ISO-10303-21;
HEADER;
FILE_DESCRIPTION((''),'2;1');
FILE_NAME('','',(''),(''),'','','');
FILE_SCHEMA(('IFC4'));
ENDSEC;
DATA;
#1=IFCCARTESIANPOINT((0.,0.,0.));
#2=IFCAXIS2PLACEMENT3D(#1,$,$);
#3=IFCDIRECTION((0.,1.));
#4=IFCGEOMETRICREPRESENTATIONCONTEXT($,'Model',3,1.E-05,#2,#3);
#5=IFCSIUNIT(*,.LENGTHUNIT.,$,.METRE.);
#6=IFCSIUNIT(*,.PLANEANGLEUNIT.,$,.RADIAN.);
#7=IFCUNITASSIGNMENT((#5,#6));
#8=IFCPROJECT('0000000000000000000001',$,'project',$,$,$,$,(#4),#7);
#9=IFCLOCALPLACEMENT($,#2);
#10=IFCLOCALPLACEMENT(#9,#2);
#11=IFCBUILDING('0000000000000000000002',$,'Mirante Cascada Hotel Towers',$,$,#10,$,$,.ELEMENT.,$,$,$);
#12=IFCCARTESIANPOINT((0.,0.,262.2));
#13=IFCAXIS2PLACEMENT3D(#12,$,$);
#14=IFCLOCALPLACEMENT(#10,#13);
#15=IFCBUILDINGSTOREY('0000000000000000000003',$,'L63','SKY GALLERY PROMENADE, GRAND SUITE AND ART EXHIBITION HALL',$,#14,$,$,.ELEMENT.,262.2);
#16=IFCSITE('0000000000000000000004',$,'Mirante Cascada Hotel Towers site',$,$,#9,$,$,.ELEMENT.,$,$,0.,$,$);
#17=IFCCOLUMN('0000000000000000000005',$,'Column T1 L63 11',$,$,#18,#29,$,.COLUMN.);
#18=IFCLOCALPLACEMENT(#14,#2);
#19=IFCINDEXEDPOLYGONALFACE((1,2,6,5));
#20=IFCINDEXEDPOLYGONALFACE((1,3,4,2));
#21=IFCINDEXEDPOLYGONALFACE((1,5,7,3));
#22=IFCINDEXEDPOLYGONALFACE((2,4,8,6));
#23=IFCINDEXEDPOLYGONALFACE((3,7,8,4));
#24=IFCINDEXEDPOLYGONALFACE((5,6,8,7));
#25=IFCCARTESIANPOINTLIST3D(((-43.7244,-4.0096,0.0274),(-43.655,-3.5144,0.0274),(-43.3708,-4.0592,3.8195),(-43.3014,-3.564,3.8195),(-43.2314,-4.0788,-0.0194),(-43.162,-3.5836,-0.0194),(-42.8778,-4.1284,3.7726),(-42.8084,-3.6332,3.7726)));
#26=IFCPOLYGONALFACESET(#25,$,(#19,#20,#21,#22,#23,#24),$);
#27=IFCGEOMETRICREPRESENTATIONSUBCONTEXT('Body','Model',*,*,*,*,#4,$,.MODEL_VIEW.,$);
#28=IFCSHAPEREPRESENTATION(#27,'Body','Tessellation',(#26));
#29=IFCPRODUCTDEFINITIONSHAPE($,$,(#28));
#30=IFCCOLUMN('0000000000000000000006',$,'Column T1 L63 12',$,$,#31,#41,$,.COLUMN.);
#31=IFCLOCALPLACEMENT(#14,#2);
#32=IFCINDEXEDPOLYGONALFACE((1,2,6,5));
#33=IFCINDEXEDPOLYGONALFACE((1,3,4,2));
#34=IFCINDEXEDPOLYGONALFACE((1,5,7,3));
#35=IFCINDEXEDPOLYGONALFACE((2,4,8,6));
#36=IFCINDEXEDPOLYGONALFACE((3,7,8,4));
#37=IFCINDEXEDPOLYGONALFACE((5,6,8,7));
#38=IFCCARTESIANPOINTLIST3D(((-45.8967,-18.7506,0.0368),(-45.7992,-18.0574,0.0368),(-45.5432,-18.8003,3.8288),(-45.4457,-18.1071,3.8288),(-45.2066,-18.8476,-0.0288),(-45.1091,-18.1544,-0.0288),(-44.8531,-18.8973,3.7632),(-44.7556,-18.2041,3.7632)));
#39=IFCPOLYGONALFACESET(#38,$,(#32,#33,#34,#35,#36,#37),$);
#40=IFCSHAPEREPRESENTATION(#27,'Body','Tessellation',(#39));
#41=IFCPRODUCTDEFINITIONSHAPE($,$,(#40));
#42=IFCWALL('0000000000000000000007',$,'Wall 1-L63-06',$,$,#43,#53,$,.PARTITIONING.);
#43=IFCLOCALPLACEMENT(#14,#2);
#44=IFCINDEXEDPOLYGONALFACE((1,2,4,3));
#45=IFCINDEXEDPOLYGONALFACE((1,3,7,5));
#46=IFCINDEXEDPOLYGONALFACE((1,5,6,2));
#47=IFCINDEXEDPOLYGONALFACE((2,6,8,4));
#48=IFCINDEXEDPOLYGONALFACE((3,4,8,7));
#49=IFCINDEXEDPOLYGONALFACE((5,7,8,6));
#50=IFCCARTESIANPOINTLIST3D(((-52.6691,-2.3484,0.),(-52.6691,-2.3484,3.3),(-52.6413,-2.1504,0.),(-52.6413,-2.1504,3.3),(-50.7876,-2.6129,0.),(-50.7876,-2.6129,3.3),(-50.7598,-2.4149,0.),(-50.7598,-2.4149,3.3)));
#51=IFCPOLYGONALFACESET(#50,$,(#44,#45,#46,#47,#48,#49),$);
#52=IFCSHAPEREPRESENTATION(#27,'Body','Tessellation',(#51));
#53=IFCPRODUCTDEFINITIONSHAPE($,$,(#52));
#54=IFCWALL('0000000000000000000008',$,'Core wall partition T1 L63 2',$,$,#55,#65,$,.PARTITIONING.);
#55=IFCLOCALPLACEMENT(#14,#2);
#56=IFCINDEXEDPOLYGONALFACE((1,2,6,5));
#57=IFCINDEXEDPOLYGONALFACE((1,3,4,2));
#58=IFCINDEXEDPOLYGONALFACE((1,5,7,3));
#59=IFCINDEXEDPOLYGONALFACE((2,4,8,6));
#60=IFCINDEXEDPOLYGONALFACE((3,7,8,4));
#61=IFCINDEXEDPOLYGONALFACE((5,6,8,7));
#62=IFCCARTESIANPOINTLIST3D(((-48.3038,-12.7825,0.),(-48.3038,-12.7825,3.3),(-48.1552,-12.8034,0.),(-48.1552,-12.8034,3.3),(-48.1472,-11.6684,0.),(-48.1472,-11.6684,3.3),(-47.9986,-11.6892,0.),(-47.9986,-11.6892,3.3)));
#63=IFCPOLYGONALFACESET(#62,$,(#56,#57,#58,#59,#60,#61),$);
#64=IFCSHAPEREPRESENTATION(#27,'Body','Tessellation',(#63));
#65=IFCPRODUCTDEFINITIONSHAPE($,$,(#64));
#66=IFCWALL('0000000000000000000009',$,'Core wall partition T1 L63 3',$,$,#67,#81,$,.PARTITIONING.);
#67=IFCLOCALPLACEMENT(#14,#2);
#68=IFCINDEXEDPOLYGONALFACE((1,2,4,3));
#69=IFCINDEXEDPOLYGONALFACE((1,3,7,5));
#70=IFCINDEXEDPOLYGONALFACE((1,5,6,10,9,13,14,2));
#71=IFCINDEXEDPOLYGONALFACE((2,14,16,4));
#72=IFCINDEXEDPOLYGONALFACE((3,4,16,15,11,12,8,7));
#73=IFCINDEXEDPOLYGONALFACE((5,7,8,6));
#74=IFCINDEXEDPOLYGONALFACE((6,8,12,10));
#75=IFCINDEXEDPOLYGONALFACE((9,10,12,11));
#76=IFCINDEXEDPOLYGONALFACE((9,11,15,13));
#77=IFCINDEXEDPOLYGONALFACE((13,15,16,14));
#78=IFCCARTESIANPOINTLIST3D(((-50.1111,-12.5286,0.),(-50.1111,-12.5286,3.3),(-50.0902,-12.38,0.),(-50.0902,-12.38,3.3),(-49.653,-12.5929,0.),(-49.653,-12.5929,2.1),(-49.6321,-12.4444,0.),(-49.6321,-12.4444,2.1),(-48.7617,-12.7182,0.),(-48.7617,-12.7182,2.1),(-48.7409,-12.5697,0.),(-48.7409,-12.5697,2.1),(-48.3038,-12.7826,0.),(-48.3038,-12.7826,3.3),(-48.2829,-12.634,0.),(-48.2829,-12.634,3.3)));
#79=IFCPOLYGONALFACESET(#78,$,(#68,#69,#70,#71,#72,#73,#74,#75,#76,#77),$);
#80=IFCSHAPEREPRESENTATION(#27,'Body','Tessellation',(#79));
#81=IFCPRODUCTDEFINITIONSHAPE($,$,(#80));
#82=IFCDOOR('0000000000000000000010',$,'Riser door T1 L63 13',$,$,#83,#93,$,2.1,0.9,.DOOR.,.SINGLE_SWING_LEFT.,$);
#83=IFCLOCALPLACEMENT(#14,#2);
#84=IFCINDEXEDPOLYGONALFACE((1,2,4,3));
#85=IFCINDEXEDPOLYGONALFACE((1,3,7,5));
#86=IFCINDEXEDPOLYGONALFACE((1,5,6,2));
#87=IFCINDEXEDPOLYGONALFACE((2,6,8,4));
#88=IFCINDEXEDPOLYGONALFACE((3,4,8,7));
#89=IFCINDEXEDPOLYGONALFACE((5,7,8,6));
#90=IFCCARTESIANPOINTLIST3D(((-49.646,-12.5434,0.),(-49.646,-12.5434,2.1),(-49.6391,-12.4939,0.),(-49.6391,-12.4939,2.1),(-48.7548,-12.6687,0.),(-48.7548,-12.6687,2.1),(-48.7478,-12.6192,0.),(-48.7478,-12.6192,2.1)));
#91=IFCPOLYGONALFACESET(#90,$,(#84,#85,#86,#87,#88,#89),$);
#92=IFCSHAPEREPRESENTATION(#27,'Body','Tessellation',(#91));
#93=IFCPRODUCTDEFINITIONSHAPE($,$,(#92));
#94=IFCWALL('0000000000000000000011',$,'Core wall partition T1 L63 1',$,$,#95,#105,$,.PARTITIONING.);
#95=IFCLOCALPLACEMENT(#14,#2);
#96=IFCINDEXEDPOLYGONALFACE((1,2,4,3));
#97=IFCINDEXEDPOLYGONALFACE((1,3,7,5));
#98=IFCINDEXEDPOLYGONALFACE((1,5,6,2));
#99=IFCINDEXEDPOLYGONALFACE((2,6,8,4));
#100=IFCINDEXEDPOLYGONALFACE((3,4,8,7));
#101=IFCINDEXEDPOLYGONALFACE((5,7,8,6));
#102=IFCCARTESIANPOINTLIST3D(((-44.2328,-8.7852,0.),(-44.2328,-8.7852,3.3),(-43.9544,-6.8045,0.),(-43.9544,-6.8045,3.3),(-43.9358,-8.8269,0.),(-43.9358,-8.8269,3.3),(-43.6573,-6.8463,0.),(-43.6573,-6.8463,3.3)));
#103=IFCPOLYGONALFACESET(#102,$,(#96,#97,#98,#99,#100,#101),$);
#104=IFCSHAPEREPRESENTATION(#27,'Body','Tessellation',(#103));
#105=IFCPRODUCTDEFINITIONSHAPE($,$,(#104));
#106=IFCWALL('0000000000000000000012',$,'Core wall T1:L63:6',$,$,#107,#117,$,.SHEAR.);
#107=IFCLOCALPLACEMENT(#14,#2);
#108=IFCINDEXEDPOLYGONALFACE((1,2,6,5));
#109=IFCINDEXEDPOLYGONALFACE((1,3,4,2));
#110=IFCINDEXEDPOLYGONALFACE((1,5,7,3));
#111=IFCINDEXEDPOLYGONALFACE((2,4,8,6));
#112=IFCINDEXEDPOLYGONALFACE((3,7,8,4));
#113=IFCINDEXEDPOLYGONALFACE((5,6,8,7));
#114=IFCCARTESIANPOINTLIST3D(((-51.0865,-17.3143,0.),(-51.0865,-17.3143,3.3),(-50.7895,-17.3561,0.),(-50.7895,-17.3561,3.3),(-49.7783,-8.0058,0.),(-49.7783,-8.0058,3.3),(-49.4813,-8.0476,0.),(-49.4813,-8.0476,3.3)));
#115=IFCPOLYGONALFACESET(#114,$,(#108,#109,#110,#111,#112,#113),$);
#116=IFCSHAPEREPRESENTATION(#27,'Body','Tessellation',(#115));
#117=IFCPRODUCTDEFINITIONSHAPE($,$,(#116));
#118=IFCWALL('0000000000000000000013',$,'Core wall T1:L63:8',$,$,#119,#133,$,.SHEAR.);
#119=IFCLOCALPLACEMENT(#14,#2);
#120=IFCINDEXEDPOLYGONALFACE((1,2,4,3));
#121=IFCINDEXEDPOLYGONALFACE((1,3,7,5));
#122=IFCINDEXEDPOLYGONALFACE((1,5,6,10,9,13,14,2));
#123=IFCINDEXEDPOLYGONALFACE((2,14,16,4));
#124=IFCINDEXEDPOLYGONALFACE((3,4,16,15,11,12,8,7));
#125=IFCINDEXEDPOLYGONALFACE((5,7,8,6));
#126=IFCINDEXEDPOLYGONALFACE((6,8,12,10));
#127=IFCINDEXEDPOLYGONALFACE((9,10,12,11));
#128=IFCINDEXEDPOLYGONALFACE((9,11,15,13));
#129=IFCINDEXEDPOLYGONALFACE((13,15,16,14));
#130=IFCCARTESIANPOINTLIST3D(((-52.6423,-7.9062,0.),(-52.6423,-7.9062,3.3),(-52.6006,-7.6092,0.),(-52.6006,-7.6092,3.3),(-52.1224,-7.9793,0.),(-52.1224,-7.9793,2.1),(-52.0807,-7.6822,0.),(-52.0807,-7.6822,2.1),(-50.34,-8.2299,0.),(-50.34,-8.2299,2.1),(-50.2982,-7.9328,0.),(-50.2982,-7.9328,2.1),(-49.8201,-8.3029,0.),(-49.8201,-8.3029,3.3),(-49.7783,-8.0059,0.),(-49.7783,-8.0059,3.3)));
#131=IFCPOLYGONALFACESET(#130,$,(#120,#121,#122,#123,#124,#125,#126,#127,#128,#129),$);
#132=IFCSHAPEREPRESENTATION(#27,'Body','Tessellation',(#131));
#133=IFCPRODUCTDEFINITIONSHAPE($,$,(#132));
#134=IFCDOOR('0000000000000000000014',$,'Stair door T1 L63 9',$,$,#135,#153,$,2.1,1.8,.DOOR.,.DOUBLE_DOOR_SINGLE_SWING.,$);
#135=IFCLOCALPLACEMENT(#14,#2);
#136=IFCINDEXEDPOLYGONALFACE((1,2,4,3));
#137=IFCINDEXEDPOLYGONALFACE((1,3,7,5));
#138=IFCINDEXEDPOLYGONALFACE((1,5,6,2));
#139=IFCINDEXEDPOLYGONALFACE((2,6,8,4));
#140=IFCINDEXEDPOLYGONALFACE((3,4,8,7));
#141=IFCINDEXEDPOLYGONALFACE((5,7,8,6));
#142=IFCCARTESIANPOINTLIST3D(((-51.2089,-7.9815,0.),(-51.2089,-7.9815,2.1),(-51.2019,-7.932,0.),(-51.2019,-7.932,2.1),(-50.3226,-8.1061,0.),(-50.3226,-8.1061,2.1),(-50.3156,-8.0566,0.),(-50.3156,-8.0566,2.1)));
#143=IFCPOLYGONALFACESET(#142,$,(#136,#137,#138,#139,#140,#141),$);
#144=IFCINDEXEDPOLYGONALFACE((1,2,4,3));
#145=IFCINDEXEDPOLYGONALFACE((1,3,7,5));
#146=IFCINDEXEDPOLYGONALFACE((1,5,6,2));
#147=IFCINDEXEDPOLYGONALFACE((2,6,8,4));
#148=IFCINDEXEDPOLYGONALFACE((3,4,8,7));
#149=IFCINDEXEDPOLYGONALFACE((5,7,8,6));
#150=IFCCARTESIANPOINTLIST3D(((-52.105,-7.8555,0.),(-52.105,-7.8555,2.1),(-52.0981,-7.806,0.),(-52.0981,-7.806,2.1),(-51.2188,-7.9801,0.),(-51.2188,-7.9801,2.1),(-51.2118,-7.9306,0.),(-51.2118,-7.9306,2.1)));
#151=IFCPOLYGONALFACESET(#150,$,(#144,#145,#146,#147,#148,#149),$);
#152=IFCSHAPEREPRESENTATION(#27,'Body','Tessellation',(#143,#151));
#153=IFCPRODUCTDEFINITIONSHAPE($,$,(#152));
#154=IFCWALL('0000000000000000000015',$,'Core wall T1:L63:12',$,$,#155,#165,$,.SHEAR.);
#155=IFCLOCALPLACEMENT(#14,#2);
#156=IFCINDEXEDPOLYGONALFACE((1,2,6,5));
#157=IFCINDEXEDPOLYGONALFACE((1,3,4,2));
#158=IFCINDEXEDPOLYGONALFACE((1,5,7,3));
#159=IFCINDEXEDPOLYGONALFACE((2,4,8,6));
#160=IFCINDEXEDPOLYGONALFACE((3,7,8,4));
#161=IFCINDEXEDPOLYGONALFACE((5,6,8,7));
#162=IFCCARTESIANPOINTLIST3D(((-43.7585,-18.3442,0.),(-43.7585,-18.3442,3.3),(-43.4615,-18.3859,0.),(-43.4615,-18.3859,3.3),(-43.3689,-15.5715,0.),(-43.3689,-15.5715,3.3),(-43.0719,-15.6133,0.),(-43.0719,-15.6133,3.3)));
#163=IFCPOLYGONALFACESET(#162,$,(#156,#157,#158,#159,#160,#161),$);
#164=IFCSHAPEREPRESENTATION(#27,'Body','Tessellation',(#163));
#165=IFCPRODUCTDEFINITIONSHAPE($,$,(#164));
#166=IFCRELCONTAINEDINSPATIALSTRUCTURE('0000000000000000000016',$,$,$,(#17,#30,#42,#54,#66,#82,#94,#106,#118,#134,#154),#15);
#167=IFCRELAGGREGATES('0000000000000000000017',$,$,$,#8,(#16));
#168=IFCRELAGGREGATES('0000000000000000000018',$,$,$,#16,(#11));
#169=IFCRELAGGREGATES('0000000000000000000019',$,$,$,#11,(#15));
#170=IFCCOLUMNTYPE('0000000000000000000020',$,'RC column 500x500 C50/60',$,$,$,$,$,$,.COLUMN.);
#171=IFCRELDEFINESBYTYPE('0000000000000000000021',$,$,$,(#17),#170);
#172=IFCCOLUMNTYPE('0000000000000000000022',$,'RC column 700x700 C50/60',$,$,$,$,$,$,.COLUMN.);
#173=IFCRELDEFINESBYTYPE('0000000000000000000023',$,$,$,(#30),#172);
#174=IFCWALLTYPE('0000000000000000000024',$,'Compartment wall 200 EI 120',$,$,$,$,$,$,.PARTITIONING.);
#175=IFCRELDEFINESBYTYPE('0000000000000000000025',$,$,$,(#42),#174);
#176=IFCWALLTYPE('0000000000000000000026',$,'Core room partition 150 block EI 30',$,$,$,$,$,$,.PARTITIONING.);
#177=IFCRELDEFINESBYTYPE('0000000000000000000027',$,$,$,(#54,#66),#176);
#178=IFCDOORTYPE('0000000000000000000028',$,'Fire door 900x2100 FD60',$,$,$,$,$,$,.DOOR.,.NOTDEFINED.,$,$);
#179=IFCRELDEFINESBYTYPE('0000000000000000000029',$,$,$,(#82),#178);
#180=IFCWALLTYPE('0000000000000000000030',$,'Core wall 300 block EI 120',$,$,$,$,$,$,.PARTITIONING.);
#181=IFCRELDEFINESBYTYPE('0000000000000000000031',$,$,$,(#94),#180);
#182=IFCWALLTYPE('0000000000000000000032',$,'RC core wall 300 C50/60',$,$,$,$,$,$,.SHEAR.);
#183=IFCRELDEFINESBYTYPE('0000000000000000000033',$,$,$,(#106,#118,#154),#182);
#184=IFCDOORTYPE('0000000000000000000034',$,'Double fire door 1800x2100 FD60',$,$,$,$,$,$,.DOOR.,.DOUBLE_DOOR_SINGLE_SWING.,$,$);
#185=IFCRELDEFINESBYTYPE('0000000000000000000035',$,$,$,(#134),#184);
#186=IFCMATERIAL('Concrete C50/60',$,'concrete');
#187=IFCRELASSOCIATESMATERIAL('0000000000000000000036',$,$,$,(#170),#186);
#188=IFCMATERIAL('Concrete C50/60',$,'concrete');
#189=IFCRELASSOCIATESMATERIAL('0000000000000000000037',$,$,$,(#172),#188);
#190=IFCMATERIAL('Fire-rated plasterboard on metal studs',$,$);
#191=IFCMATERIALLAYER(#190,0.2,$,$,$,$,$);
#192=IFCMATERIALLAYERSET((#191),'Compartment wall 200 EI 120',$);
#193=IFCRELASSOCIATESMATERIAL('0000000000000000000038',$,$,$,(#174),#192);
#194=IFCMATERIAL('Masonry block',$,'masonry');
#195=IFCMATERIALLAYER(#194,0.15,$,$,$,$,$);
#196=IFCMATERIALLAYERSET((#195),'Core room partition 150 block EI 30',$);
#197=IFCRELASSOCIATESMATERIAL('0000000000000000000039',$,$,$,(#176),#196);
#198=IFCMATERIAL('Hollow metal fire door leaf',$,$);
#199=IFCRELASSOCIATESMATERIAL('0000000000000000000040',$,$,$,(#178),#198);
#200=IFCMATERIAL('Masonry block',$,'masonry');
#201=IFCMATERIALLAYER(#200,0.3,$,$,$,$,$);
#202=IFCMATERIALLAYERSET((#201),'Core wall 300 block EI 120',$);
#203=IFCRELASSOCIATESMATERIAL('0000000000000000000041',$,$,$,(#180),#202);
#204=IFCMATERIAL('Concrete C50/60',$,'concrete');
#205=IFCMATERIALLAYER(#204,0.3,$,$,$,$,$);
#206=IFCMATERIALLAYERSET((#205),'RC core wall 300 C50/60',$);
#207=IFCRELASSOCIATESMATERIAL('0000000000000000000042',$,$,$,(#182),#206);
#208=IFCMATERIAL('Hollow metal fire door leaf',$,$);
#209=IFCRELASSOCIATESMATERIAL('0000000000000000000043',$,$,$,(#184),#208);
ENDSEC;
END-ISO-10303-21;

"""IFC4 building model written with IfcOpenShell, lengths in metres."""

from ifc_helpers import new_model, si_unit, direction, frame, frame_2d, origin, origin_2d, place, context, subcontext, project, spatial, rectangle, extrude, material, layer, layer_set, material_profile, profile_set, type_object, element, fill, save


model = new_model("IFC4")

# Units and contexts
model_context = context("Model", 3, precision=1e-05, world=origin(), true_north=direction((0.0, 1.0)))
body_context = subcontext(model_context, "Body", "Model", "MODEL_VIEW")
ifc_project = project(units=[si_unit("LENGTHUNIT", "METRE"), si_unit("PLANEANGLEUNIT", "RADIAN")], contexts=[model_context])

# Site, building, storey
site_placement = place(None, origin())
site = spatial("IfcSite", under=ifc_project, at=site_placement, Name="Mirante Cascada Hotel Towers site", CompositionType="ELEMENT", RefElevation=0.0)
building_placement = place(site_placement, origin())
building = spatial("IfcBuilding", under=site, at=building_placement, Name="Mirante Cascada Hotel Towers", CompositionType="ELEMENT")
storey_placement = place(building_placement, frame((0.0, 0.0, 262.2)))
storey = spatial("IfcBuildingStorey", under=building, at=storey_placement, Name="L63", Description="SKY GALLERY PROMENADE, GRAND SUITE AND ART EXHIBITION HALL", CompositionType="ELEMENT", Elevation=262.2)

# Columns
ifc_material_1 = material(Name="Concrete C50/60", Category="concrete")
ifc_material_profile_1 = material_profile(ifc_material_1, rectangle(XDim=0.5, YDim=0.5, at=origin_2d()), Name="RC column 500x500 C50/60")
ifc_profile_set_1 = profile_set([ifc_material_profile_1], Name="Concrete C50/60")
column_type_1 = type_object("IfcColumnType", Name="RC column 500x500 C50/60", PredefinedType="COLUMN", material=ifc_profile_set_1)
column_1_placement = place(storey_placement, frame((-43.4432, -3.7966, 0.004), z_axis=(0.092838, -0.013023, 0.995596), x_axis=(0.138911, 0.990305, 0.0)))
element("IfcColumn", 1, at=column_1_placement, inside=storey, type_object=column_type_1, Name="Column T1 L63 11", PredefinedType="COLUMN", context=body_context, shape_type="SweptSolid", body=[
    extrude(rectangle(XDim=0.5, YDim=0.5, at=origin_2d()), origin(), (0.0, 0.0, 1.0), 3.8088),
])
ifc_material_2 = material(Name="Concrete C50/60", Category="concrete")
ifc_material_profile_2 = material_profile(ifc_material_2, rectangle(XDim=0.7, YDim=0.7, at=origin_2d()), Name="RC column 700x700 C50/60")
ifc_profile_set_2 = profile_set([ifc_material_profile_2], Name="Concrete C50/60")
column_type_2 = type_object("IfcColumnType", Name="RC column 700x700 C50/60", PredefinedType="COLUMN", material=ifc_profile_set_2)
column_2_placement = place(storey_placement, frame((-45.5029, -18.4525, 0.004), z_axis=(0.092812, -0.013049, 0.995598), x_axis=(0.139225, 0.990261, 0.0)))
element("IfcColumn", 2, at=column_2_placement, inside=storey, type_object=column_type_2, Name="Column T1 L63 12", PredefinedType="COLUMN", context=body_context, shape_type="SweptSolid", body=[
    extrude(rectangle(XDim=0.7, YDim=0.7, at=origin_2d()), origin(), (0.0, 0.0, 1.0), 3.8088),
])

# Walls
ifc_material_3 = material(Name="Fire-rated plasterboard on metal studs")
ifc_layer_1 = layer(ifc_material_3, 0.2)
ifc_layer_set_1 = layer_set([ifc_layer_1], Name="Compartment wall 200 EI 120")
wall_type_1 = type_object("IfcWallType", Name="Compartment wall 200 EI 120", PredefinedType="PARTITIONING", material=ifc_layer_set_1)
wall_1_placement = place(storey_placement, frame((-50.7737, -2.5139, 0.0), z_axis=(0.0, 0.0, 1.0), x_axis=(-0.990263, 0.13921, 0.0)))
element("IfcWall", 3, at=wall_1_placement, inside=storey, type_object=wall_type_1, Name="Wall 1-L63-06", PredefinedType="PARTITIONING", context=body_context, shape_type="SweptSolid", body=[
    extrude(rectangle(XDim=1.9, YDim=0.2, at=frame_2d((0.95, 0.0))), origin(), (0.0, 0.0, 1.0), 3.3),
])
ifc_material_4 = material(Name="Masonry block", Category="masonry")
ifc_layer_2 = layer(ifc_material_4, 0.15)
ifc_layer_set_2 = layer_set([ifc_layer_2], Name="Core room partition 150 block EI 30")
wall_type_2 = type_object("IfcWallType", Name="Core room partition 150 block EI 30", PredefinedType="PARTITIONING", material=ifc_layer_set_2)
wall_2_placement = place(storey_placement, frame((-48.2295, -12.793, 0.0), z_axis=(0.0, 0.0, 1.0), x_axis=(0.139193, 0.990265, 0.0)))
element("IfcWall", 4, at=wall_2_placement, inside=storey, type_object=wall_type_2, Name="Core wall partition T1 L63 2", PredefinedType="PARTITIONING", context=body_context, shape_type="SweptSolid", body=[
    extrude(rectangle(XDim=1.1251, YDim=0.15, at=frame_2d((0.5626, 0.0))), origin(), (0.0, 0.0, 1.0), 3.3),
])

# Wall, opening, door
wall_3_placement = place(storey_placement, frame((-48.2933, -12.7083, 0.0), z_axis=(0.0, 0.0, 1.0), x_axis=(-0.990268, 0.139173, 0.0)))
wall_3 = element("IfcWall", 5, at=wall_3_placement, inside=storey, type_object=wall_type_2, Name="Core wall partition T1 L63 3", PredefinedType="PARTITIONING", context=body_context, shape_type="SweptSolid", body=[
    extrude(rectangle(XDim=1.8251, YDim=0.15, at=frame_2d((0.9126, 0.0))), origin(), (0.0, 0.0, 1.0), 3.3),
])
opening_1_placement = place(wall_3_placement, frame((0.4625, 0.0, 0.0)))
opening_1 = element("IfcOpeningElement", 6, at=opening_1_placement, cuts=wall_3, PredefinedType="OPENING", context=body_context, shape_type="SweptSolid", body=[
    extrude(rectangle(XDim=0.9, YDim=2.1, at=frame_2d((0.45, 1.05))), frame((0.0, 0.075, 0.0), z_axis=(0.0, -1.0, 0.0), x_axis=(1.0, 0.0, 0.0)), (0.0, 0.0, 1.0), 0.15),
])
ifc_material_5 = material(Name="Hollow metal fire door leaf")
door_type_1 = type_object("IfcDoorType", Name="Fire door 900x2100 FD60", OperationType="NOTDEFINED", PredefinedType="DOOR", material=ifc_material_5)
door_1_placement = place(opening_1_placement, origin())
door_1 = element("IfcDoor", 7, at=door_1_placement, inside=storey, type_object=door_type_1, Name="Riser door T1 L63 13", OperationType="SINGLE_SWING_LEFT", OverallHeight=2.1, OverallWidth=0.9, PredefinedType="DOOR", context=body_context, shape_type="SweptSolid", body=[
    extrude(rectangle(XDim=0.9, YDim=2.1, at=frame_2d((0.45, 1.05))), frame((0.0, 0.025, 0.0), z_axis=(0.0, -1.0, 0.0), x_axis=(1.0, 0.0, 0.0)), (0.0, 0.0, 1.0), 0.05),
])
fill(opening_1, door_1)

# Walls
ifc_material_6 = material(Name="Masonry block", Category="masonry")
ifc_layer_3 = layer(ifc_material_6, 0.3)
ifc_layer_set_3 = layer_set([ifc_layer_3], Name="Core wall 300 block EI 120")
wall_type_3 = type_object("IfcWallType", Name="Core wall 300 block EI 120", PredefinedType="PARTITIONING", material=ifc_layer_set_3)
wall_4_placement = place(storey_placement, frame((-44.0843, -8.8061, 0.0), z_axis=(0.0, 0.0, 1.0), x_axis=(0.139195, 0.990265, 0.0)))
element("IfcWall", 8, at=wall_4_placement, inside=storey, type_object=wall_type_3, Name="Core wall partition T1 L63 1", PredefinedType="PARTITIONING", context=body_context, shape_type="SweptSolid", body=[
    extrude(rectangle(XDim=2.0001, YDim=0.3, at=frame_2d((1.0001, 0.0))), origin(), (0.0, 0.0, 1.0), 3.3),
])
ifc_material_7 = material(Name="Concrete C50/60", Category="concrete")
ifc_layer_4 = layer(ifc_material_7, 0.3)
ifc_layer_set_4 = layer_set([ifc_layer_4], Name="RC core wall 300 C50/60")
wall_type_4 = type_object("IfcWallType", Name="RC core wall 300 C50/60", PredefinedType="SHEAR", material=ifc_layer_set_4)
wall_5_placement = place(storey_placement, frame((-50.938, -17.3352, 0.0), z_axis=(0.0, 0.0, 1.0), x_axis=(0.139171, 0.990268, 0.0)))
element("IfcWall", 9, at=wall_5_placement, inside=storey, type_object=wall_type_4, Name="Core wall T1:L63:6", PredefinedType="SHEAR", context=body_context, shape_type="SweptSolid", body=[
    extrude(rectangle(XDim=9.4, YDim=0.3, at=frame_2d((4.7, 0.0))), origin(), (0.0, 0.0, 1.0), 3.3),
])

# Wall, opening, door
wall_6_placement = place(storey_placement, frame((-49.7992, -8.1544, 0.0), z_axis=(0.0, 0.0, 1.0), x_axis=(-0.990266, 0.139191, 0.0)))
wall_6 = element("IfcWall", 10, at=wall_6_placement, inside=storey, type_object=wall_type_4, Name="Core wall T1:L63:8", PredefinedType="SHEAR", context=body_context, shape_type="SweptSolid", body=[
    extrude(rectangle(XDim=2.85, YDim=0.3, at=frame_2d((1.425, 0.0))), origin(), (0.0, 0.0, 1.0), 3.3),
])
opening_2_placement = place(wall_6_placement, frame((0.525, 0.0, 0.0)))
opening_2 = element("IfcOpeningElement", 11, at=opening_2_placement, cuts=wall_6, PredefinedType="OPENING", context=body_context, shape_type="SweptSolid", body=[
    extrude(rectangle(XDim=1.8, YDim=2.1, at=frame_2d((0.9, 1.05))), frame((0.0, 0.15, 0.0), z_axis=(0.0, -1.0, 0.0), x_axis=(1.0, 0.0, 0.0)), (0.0, 0.0, 1.0), 0.3),
])
ifc_material_8 = material(Name="Hollow metal fire door leaf")
door_type_2 = type_object("IfcDoorType", Name="Double fire door 1800x2100 FD60", OperationType="DOUBLE_DOOR_SINGLE_SWING", PredefinedType="DOOR", material=ifc_material_8)
door_2_placement = place(opening_2_placement, origin())
door_2 = element("IfcDoor", 12, at=door_2_placement, inside=storey, type_object=door_type_2, Name="Stair door T1 L63 9", OperationType="DOUBLE_DOOR_SINGLE_SWING", OverallHeight=2.1, OverallWidth=1.8, PredefinedType="DOOR", context=body_context, shape_type="SweptSolid", body=[
    extrude(rectangle(XDim=0.895, YDim=2.1, at=frame_2d((0.4475, 1.05))), frame((0.0, 0.025, 0.0), z_axis=(0.0, -1.0, 0.0), x_axis=(1.0, 0.0, 0.0)), (0.0, 0.0, 1.0), 0.05),
    extrude(rectangle(XDim=0.895, YDim=2.1, at=frame_2d((1.3525, 1.05))), frame((0.0, 0.025, 0.0), z_axis=(0.0, -1.0, 0.0), x_axis=(1.0, 0.0, 0.0)), (0.0, 0.0, 1.0), 0.05),
])
fill(opening_2, door_2)

# Wall
wall_7_placement = place(storey_placement, frame((-43.61, -18.3651, 0.0), z_axis=(0.0, 0.0, 1.0), x_axis=(0.139146, 0.990272, 0.0)))
element("IfcWall", 13, at=wall_7_placement, inside=storey, type_object=wall_type_4, Name="Core wall T1:L63:12", PredefinedType="SHEAR", context=body_context, shape_type="SweptSolid", body=[
    extrude(rectangle(XDim=2.7999, YDim=0.3, at=frame_2d((1.4, 0.0))), origin(), (0.0, 0.0, 1.0), 3.3),
])

save(model, "model.ifc")
